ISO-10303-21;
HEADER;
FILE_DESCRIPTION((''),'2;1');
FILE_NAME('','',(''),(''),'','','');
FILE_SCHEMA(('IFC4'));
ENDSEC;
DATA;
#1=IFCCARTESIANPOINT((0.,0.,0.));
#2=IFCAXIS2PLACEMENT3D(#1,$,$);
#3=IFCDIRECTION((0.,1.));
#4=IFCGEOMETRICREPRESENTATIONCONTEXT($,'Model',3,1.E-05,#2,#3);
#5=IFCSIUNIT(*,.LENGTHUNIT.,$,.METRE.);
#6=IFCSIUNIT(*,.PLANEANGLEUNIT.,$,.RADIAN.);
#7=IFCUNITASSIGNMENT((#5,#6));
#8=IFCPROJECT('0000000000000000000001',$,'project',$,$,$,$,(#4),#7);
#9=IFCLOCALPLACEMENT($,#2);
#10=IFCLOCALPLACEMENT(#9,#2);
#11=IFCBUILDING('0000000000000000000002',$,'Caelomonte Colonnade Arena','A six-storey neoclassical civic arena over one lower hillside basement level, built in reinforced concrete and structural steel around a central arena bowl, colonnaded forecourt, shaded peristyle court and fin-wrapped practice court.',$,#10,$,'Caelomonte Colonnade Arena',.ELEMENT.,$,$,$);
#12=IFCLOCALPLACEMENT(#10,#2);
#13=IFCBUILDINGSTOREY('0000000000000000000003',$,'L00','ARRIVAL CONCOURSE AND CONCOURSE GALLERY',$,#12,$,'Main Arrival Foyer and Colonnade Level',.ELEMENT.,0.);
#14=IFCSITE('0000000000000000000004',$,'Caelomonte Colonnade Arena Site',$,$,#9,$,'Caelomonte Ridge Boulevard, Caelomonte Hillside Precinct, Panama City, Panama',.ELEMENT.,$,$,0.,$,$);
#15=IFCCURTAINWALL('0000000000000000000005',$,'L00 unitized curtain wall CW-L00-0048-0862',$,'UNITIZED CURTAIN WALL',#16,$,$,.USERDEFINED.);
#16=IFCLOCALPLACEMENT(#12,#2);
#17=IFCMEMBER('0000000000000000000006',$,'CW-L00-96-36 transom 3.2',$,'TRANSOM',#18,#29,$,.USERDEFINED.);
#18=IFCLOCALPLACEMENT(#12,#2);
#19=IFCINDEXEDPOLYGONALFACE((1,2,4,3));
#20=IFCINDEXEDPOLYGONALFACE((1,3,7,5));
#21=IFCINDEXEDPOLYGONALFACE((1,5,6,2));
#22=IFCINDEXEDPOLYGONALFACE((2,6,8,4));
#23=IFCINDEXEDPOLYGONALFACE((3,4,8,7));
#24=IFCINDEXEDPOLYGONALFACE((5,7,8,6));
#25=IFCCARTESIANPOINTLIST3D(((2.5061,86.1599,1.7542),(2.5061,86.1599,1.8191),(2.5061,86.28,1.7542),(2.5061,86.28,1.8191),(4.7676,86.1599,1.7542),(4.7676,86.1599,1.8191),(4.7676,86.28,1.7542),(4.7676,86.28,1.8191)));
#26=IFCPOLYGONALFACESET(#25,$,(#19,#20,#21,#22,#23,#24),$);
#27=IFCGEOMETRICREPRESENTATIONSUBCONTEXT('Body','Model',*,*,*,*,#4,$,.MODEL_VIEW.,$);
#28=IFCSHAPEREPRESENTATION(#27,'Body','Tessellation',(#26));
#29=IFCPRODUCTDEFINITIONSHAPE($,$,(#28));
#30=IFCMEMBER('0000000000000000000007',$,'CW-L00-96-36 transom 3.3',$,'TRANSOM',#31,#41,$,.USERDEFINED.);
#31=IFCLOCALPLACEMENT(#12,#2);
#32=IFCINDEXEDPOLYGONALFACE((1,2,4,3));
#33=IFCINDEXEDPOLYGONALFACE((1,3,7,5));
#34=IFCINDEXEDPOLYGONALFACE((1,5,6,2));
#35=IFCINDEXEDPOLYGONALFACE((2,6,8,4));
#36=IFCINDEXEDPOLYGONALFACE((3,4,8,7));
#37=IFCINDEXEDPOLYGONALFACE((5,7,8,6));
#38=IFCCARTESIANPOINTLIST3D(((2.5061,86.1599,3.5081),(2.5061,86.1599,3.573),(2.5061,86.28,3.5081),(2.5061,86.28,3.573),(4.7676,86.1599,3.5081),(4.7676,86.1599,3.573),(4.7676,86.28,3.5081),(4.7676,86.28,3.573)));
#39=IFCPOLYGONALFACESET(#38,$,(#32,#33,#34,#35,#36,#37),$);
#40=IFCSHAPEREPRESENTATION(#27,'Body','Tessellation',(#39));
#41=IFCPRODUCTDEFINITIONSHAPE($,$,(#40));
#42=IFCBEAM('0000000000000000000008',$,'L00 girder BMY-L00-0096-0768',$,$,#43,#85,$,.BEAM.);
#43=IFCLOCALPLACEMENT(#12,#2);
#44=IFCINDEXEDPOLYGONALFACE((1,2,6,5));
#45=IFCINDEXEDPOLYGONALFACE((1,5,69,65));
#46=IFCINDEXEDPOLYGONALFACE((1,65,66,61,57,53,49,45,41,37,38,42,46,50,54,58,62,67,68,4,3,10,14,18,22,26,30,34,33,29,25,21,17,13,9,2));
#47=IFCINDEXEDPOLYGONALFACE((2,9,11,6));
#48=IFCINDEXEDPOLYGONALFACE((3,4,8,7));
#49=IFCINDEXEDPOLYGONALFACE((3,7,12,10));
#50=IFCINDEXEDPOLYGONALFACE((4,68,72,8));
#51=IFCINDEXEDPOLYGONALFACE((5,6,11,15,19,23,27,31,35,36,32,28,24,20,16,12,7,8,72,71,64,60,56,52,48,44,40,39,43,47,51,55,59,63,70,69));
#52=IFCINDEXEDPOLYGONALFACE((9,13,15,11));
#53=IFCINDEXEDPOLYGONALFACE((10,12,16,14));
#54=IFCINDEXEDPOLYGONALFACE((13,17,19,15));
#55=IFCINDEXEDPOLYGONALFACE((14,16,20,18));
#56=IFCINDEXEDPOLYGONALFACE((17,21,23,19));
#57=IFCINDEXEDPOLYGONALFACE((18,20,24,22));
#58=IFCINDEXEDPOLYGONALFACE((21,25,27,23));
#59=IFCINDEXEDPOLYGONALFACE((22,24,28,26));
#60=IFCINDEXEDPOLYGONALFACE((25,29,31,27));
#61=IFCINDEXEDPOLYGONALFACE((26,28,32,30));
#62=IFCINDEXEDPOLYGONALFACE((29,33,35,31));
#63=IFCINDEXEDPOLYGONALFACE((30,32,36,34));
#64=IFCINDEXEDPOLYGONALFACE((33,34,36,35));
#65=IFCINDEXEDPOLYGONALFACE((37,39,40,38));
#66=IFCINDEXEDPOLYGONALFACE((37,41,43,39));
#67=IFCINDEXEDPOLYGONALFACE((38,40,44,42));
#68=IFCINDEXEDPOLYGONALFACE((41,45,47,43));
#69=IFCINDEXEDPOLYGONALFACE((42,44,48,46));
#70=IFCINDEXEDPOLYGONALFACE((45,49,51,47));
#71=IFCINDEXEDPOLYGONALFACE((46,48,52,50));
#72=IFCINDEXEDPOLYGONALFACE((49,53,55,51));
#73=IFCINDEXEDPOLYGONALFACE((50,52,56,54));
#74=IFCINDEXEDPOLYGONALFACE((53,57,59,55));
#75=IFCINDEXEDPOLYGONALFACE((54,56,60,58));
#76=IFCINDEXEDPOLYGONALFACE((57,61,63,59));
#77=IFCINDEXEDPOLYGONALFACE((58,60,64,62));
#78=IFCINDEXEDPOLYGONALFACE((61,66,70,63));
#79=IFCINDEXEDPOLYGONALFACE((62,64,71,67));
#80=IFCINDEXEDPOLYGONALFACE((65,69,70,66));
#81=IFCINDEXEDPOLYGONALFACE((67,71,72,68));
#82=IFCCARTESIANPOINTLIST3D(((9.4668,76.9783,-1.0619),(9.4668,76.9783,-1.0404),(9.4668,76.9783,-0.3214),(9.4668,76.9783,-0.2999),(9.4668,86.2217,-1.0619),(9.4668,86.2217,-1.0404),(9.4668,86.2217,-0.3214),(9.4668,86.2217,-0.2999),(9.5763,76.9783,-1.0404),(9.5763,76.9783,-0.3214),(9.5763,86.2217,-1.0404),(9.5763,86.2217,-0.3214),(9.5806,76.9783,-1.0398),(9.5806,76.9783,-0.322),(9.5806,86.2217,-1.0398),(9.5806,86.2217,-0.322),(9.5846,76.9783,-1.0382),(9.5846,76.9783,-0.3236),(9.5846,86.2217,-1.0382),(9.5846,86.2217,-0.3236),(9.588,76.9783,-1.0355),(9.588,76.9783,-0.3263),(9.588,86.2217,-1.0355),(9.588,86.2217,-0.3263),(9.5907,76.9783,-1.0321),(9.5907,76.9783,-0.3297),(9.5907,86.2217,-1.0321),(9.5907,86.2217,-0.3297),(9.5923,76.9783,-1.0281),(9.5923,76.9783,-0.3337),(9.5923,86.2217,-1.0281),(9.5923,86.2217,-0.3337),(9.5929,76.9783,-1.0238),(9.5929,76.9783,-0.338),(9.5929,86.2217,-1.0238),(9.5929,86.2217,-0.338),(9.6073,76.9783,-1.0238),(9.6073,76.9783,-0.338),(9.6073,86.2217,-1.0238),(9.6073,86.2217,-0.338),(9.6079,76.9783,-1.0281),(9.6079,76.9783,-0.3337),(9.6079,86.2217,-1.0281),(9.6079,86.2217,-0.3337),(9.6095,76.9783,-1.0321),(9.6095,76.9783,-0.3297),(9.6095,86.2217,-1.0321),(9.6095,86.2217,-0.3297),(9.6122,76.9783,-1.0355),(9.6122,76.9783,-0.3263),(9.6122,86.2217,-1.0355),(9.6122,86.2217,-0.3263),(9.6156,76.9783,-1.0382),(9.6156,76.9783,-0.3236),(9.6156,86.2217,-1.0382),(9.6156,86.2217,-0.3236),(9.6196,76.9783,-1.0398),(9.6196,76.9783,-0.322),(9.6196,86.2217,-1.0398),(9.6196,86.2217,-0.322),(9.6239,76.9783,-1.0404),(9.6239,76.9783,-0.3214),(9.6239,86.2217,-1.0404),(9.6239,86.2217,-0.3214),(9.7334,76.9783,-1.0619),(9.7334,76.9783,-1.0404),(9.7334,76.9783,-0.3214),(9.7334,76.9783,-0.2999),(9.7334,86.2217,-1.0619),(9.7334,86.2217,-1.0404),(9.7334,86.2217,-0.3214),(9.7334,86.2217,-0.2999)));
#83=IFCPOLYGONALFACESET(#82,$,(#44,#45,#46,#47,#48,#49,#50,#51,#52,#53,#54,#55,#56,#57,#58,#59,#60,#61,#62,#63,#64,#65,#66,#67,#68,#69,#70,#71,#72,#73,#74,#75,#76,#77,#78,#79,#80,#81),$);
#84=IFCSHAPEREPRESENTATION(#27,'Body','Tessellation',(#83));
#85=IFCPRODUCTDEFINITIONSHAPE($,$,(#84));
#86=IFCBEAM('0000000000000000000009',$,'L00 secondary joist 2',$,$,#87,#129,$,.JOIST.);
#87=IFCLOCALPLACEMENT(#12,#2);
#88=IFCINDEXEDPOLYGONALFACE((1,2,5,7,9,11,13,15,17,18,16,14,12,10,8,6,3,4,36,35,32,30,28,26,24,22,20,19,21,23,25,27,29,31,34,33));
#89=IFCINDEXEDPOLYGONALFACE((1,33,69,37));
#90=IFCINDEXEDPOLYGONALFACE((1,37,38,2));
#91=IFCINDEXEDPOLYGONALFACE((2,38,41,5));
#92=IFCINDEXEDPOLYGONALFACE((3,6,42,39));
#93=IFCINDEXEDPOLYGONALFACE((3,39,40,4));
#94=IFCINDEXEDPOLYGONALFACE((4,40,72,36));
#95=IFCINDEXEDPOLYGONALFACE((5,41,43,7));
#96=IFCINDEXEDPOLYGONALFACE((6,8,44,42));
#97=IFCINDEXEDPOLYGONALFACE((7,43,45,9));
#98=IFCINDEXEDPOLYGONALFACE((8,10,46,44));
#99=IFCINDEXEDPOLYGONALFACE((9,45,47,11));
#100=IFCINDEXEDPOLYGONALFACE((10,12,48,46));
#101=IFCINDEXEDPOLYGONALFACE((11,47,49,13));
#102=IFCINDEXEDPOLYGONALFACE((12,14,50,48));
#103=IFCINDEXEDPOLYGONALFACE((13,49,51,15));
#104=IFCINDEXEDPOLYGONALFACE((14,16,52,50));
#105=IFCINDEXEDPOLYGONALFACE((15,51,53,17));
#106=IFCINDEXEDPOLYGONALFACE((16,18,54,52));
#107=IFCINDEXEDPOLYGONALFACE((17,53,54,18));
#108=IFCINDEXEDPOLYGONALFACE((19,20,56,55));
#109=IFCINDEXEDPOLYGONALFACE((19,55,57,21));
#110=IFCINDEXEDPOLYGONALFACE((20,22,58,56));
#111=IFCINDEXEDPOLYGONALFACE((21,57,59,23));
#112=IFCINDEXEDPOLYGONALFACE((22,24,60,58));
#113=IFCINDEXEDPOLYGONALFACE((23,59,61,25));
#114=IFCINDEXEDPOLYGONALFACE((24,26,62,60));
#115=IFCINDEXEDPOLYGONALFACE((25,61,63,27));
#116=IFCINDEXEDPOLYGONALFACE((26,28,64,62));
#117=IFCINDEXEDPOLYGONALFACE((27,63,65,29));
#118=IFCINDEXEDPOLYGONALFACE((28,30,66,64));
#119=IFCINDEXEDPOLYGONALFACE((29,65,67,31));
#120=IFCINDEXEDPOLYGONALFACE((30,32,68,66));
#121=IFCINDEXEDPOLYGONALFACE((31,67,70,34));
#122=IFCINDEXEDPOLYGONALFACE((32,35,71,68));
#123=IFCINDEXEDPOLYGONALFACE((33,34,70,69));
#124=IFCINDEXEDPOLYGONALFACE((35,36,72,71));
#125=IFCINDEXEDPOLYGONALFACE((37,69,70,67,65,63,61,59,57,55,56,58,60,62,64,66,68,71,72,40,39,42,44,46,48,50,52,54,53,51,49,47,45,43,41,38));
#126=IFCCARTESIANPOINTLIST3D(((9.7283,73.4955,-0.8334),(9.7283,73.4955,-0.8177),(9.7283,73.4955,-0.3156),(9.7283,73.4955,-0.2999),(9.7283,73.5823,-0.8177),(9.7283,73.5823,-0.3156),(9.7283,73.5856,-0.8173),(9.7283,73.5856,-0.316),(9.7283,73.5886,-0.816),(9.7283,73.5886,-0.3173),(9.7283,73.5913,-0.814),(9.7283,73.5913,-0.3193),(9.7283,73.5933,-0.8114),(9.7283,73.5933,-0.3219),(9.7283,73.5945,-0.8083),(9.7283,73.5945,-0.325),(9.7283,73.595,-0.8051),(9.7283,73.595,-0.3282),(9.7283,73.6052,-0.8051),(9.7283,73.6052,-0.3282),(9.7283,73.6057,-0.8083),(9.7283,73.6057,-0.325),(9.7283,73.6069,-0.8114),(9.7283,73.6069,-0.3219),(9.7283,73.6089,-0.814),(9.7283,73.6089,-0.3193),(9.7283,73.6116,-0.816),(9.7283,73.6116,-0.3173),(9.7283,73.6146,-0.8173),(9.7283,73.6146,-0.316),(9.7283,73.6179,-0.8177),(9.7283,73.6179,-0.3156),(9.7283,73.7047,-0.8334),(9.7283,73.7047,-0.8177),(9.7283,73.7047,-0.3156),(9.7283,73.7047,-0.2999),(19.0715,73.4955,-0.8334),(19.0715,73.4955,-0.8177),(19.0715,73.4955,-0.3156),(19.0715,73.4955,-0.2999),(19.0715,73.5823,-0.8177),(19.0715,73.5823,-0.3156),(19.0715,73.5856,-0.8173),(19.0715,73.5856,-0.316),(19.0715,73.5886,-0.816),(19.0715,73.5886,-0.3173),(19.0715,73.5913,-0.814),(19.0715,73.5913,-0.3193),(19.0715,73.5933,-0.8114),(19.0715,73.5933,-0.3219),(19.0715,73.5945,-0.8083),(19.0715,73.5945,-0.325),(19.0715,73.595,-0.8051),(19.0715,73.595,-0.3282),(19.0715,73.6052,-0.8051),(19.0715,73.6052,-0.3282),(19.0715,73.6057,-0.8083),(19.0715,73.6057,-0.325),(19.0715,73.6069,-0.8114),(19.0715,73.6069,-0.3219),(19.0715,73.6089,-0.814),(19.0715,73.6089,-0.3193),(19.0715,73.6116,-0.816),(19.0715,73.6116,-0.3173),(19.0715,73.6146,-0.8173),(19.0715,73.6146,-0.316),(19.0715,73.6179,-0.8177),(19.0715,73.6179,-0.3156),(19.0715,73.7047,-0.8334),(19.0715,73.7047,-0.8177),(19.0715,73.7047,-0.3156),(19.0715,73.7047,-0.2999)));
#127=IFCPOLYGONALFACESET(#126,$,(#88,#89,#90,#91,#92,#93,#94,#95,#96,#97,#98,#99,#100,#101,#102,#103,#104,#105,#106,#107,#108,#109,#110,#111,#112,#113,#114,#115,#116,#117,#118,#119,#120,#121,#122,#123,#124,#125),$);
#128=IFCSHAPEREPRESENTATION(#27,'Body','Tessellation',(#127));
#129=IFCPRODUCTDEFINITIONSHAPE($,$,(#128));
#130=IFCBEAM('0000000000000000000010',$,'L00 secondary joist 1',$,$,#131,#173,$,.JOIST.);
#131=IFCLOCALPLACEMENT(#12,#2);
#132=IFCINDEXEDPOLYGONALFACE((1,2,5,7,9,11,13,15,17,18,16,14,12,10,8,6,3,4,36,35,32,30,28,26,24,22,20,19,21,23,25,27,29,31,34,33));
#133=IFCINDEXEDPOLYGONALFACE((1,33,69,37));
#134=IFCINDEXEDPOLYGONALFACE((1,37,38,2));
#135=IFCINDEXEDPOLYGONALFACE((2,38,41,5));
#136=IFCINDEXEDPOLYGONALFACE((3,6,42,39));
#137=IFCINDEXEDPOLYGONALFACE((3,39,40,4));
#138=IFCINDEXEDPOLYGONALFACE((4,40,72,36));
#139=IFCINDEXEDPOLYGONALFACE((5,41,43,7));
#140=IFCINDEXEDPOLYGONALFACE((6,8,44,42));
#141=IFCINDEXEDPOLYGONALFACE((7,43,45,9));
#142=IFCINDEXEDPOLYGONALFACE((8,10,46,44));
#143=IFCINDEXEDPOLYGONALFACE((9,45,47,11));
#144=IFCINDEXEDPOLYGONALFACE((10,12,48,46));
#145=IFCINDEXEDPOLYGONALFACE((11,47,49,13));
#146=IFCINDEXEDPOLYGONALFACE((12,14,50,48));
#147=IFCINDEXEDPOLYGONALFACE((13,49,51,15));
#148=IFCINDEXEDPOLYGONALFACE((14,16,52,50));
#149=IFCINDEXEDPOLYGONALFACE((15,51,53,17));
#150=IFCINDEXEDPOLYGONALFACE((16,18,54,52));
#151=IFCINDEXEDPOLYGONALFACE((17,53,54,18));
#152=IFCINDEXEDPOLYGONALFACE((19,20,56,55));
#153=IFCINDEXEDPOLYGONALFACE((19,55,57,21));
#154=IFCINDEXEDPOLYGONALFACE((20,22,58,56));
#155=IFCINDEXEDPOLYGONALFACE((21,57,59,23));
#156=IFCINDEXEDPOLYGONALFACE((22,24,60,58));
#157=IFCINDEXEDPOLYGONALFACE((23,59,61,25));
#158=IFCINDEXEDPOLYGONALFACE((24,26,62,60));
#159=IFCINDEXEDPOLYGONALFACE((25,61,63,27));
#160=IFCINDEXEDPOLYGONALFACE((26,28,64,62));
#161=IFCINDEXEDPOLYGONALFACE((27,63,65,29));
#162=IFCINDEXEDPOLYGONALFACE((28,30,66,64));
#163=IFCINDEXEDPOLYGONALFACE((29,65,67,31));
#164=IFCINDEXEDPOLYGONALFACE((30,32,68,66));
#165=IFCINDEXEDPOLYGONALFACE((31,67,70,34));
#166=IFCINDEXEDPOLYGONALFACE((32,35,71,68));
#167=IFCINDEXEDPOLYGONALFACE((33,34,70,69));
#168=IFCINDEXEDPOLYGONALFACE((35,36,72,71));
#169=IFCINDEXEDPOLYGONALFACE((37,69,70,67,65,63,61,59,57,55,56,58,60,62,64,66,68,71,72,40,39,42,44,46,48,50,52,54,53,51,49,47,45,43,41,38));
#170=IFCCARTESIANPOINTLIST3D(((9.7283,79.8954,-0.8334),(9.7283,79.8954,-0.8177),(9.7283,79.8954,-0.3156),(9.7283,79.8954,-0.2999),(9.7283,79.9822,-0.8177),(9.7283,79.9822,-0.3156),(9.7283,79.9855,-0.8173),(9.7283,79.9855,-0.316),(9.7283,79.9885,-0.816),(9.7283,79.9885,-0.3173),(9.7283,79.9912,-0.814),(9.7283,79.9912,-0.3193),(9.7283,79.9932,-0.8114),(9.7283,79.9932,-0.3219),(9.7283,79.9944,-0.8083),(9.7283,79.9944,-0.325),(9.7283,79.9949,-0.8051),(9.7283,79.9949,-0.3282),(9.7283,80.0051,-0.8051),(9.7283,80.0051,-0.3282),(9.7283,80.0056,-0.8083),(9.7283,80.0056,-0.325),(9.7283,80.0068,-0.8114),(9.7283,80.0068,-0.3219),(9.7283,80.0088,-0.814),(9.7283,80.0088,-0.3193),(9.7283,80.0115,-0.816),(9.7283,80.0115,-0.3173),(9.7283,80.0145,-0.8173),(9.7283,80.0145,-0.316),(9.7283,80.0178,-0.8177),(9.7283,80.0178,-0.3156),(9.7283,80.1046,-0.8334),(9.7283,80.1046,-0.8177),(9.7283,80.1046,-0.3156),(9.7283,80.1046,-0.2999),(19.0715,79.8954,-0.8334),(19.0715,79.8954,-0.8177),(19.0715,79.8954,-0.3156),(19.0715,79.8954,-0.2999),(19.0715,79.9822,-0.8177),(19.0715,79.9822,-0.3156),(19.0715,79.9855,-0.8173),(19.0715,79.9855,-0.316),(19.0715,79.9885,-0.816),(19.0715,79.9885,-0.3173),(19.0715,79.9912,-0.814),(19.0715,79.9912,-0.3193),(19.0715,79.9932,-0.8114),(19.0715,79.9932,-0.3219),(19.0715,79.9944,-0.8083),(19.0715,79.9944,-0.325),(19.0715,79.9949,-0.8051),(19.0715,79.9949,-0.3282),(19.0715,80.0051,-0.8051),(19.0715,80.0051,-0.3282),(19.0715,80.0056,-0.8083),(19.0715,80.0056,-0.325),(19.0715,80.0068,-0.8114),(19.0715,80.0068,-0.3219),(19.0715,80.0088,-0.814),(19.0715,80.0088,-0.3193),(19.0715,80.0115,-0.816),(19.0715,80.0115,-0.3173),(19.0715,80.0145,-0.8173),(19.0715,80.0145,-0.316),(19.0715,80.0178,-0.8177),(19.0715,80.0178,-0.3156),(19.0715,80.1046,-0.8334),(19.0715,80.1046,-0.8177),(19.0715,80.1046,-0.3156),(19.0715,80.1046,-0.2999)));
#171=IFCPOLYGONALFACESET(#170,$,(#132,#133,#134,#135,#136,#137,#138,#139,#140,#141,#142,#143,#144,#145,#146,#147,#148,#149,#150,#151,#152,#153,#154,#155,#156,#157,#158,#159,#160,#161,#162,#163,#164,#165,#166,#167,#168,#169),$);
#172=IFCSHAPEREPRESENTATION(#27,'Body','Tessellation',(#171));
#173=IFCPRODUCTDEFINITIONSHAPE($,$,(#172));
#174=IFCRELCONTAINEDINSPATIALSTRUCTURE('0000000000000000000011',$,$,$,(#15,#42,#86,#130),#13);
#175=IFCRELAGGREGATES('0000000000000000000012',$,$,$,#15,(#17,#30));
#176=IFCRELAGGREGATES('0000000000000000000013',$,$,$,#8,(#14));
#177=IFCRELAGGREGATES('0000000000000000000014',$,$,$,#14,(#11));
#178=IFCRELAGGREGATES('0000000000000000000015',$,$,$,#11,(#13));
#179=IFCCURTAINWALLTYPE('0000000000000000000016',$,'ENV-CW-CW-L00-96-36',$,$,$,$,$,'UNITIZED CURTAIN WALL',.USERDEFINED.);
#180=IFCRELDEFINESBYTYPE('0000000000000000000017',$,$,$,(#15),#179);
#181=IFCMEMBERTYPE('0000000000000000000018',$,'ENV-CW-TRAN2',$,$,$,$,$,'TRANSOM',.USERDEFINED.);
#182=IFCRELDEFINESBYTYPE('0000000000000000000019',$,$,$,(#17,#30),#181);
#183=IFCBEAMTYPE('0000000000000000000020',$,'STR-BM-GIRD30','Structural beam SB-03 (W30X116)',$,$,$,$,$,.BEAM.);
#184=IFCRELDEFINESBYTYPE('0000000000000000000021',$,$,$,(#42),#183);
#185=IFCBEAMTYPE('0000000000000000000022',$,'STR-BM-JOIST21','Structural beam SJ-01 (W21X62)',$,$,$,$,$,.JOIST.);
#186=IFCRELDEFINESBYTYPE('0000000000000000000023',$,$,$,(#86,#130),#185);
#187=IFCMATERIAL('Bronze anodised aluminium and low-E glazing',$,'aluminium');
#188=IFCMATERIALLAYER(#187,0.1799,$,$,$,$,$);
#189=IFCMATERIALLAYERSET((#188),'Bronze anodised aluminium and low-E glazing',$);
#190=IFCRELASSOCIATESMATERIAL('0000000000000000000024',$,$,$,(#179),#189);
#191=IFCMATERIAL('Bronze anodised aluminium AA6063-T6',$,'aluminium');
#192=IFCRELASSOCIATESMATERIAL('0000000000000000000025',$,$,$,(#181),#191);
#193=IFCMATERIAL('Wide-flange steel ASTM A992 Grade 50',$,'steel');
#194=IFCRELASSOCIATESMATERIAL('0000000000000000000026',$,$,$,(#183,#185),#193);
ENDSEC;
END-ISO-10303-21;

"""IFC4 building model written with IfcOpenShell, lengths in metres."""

from ifc_helpers import new_model, si_unit, direction, frame, origin, origin_2d, place, context, subcontext, project, spatial, rectangle, i_section, extrude, material, layer, layer_set, material_profile, profile_set, type_object, element, aggregate, save


model = new_model("IFC4")

# Units and contexts
model_context = context("Model", 3, precision=1e-05, world=origin(), true_north=direction((0.0, 1.0)))
body_context = subcontext(model_context, "Body", "Model", "MODEL_VIEW")
ifc_project = project(units=[si_unit("LENGTHUNIT", "METRE"), si_unit("PLANEANGLEUNIT", "RADIAN")], contexts=[model_context])

# Site, building, storey
site_placement = place(None, origin())
site = spatial("IfcSite", under=ifc_project, at=site_placement, Name="Caelomonte Colonnade Arena Site", LongName="Caelomonte Ridge Boulevard, Caelomonte Hillside Precinct, Panama City, Panama", CompositionType="ELEMENT", RefElevation=0.0)
building_placement = place(site_placement, origin())
building = spatial("IfcBuilding", under=site, at=building_placement, Name="Caelomonte Colonnade Arena", Description="A six-storey neoclassical civic arena over one lower hillside basement level, built in reinforced concrete and structural steel around a central arena bowl, colonnaded forecourt, shaded peristyle court and fin-wrapped practice court.", LongName="Caelomonte Colonnade Arena", CompositionType="ELEMENT")
storey_placement = place(building_placement, origin())
storey = spatial("IfcBuildingStorey", under=building, at=storey_placement, Name="L00", Description="ARRIVAL CONCOURSE AND CONCOURSE GALLERY", LongName="Main Arrival Foyer and Colonnade Level", CompositionType="ELEMENT", Elevation=0.0)

# Shared definitions
ifc_material_1 = material(Name="Wide-flange steel ASTM A992 Grade 50", Category="steel")

# Shared definitions
ifc_material_2 = material(Name="Bronze anodised aluminium and low-E glazing", Category="aluminium")
ifc_material_3 = material(Name="Bronze anodised aluminium AA6063-T6", Category="aluminium")

# Curtain wall, members
ifc_layer_1 = layer(ifc_material_2, 0.1799)
ifc_layer_set_1 = layer_set([ifc_layer_1], Name="Bronze anodised aluminium and low-E glazing")
curtain_wall_type_1 = type_object("IfcCurtainWallType", Name="ENV-CW-CW-L00-96-36", ElementType="UNITIZED CURTAIN WALL", PredefinedType="USERDEFINED", material=ifc_layer_set_1)
curtain_wall_1_placement = place(storey_placement, origin())
curtain_wall_1 = element("IfcCurtainWall", 1, at=curtain_wall_1_placement, inside=storey, type_object=curtain_wall_type_1, Name="L00 unitized curtain wall CW-L00-0048-0862", ObjectType="UNITIZED CURTAIN WALL", PredefinedType="USERDEFINED")
ifc_material_profile_1 = material_profile(ifc_material_3, rectangle(XDim=0.0649, YDim=0.1201, at=origin_2d()), Name="CWT-65X120")
ifc_profile_set_1 = profile_set([ifc_material_profile_1], Name="Bronze anodised aluminium AA6063-T6")
member_type_1 = type_object("IfcMemberType", Name="ENV-CW-TRAN2", ElementType="TRANSOM", PredefinedType="USERDEFINED", material=ifc_profile_set_1)
member_1_placement = place(storey_placement, frame((4.7676, 86.22, 1.7866), z_axis=(-1.0, 0.0, 0.0), x_axis=(0.0, 0.0, 1.0)))
member_1 = element("IfcMember", 2, at=member_1_placement, type_object=member_type_1, Name="CW-L00-96-36 transom 3.2", ObjectType="TRANSOM", PredefinedType="USERDEFINED", context=body_context, shape_type="SweptSolid", body=[
    extrude(rectangle(XDim=0.0649, YDim=0.1201, at=origin_2d()), origin(), (0.0, 0.0, 1.0), 2.2615),
])
member_2_placement = place(storey_placement, frame((4.7676, 86.22, 3.5405), z_axis=(-1.0, 0.0, 0.0), x_axis=(0.0, 0.0, 1.0)))
member_2 = element("IfcMember", 3, at=member_2_placement, type_object=member_type_1, Name="CW-L00-96-36 transom 3.3", ObjectType="TRANSOM", PredefinedType="USERDEFINED", context=body_context, shape_type="SweptSolid", body=[
    extrude(rectangle(XDim=0.0649, YDim=0.1201, at=origin_2d()), origin(), (0.0, 0.0, 1.0), 2.2615),
])

# Beams
ifc_material_profile_2 = material_profile(ifc_material_1, i_section(OverallWidth=0.2666, OverallDepth=0.762, WebThickness=0.0144, FlangeThickness=0.0215, FilletRadius=0.0166, at=origin_2d()), Name="W30X116")
ifc_profile_set_2 = profile_set([ifc_material_profile_2], Name="Wide-flange steel ASTM A992 Grade 50")
beam_type_1 = type_object("IfcBeamType", Name="STR-BM-GIRD30", Description="Structural beam SB-03 (W30X116)", PredefinedType="BEAM", material=ifc_profile_set_2)
beam_1_placement = place(storey_placement, frame((9.6001, 76.9783, -0.6809), z_axis=(0.0, 1.0, 0.0), x_axis=(-1.0, 0.0, 0.0)))
element("IfcBeam", 4, at=beam_1_placement, inside=storey, type_object=beam_type_1, Name="L00 girder BMY-L00-0096-0768", PredefinedType="BEAM", context=body_context, shape_type="SweptSolid", body=[
    extrude(i_section(OverallWidth=0.2666, OverallDepth=0.762, WebThickness=0.0144, FlangeThickness=0.0215, FilletRadius=0.0166, at=origin_2d()), origin(), (0.0, 0.0, 1.0), 9.2434),
])
ifc_material_profile_3 = material_profile(ifc_material_1, i_section(OverallWidth=0.2092, OverallDepth=0.5334, WebThickness=0.0103, FlangeThickness=0.0156, FilletRadius=0.0127, at=origin_2d()), Name="W21X62")
ifc_profile_set_3 = profile_set([ifc_material_profile_3], Name="Wide-flange steel ASTM A992 Grade 50")
beam_type_2 = type_object("IfcBeamType", Name="STR-BM-JOIST21", Description="Structural beam SJ-01 (W21X62)", PredefinedType="JOIST", material=ifc_profile_set_3)
for number, where, z_axis, x_axis, name in (
    (5, (9.7283, 73.6001, -0.5667), (1.0, 0.0, 0.0), (0.0, 1.0, 0.0), "L00 secondary joist 2"),
    (6, (9.7283, 80.0, -0.5667), (1.0, 0.0, 0.0), (0.0, 1.0, 0.0), "L00 secondary joist 1"),
):
    element("IfcBeam", number, at=place(storey_placement, frame(where, z_axis=z_axis, x_axis=x_axis)), inside=storey, type_object=beam_type_2, Name=name, PredefinedType="JOIST", context=body_context, shape_type="SweptSolid", body=[
        extrude(i_section(OverallWidth=0.2092, OverallDepth=0.5334, WebThickness=0.0103, FlangeThickness=0.0156, FilletRadius=0.0127, at=origin_2d()), origin(), (0.0, 0.0, 1.0), 9.3433),
    ])

aggregate(curtain_wall_1, [member_1, member_2])

save(model, "model.ifc")
